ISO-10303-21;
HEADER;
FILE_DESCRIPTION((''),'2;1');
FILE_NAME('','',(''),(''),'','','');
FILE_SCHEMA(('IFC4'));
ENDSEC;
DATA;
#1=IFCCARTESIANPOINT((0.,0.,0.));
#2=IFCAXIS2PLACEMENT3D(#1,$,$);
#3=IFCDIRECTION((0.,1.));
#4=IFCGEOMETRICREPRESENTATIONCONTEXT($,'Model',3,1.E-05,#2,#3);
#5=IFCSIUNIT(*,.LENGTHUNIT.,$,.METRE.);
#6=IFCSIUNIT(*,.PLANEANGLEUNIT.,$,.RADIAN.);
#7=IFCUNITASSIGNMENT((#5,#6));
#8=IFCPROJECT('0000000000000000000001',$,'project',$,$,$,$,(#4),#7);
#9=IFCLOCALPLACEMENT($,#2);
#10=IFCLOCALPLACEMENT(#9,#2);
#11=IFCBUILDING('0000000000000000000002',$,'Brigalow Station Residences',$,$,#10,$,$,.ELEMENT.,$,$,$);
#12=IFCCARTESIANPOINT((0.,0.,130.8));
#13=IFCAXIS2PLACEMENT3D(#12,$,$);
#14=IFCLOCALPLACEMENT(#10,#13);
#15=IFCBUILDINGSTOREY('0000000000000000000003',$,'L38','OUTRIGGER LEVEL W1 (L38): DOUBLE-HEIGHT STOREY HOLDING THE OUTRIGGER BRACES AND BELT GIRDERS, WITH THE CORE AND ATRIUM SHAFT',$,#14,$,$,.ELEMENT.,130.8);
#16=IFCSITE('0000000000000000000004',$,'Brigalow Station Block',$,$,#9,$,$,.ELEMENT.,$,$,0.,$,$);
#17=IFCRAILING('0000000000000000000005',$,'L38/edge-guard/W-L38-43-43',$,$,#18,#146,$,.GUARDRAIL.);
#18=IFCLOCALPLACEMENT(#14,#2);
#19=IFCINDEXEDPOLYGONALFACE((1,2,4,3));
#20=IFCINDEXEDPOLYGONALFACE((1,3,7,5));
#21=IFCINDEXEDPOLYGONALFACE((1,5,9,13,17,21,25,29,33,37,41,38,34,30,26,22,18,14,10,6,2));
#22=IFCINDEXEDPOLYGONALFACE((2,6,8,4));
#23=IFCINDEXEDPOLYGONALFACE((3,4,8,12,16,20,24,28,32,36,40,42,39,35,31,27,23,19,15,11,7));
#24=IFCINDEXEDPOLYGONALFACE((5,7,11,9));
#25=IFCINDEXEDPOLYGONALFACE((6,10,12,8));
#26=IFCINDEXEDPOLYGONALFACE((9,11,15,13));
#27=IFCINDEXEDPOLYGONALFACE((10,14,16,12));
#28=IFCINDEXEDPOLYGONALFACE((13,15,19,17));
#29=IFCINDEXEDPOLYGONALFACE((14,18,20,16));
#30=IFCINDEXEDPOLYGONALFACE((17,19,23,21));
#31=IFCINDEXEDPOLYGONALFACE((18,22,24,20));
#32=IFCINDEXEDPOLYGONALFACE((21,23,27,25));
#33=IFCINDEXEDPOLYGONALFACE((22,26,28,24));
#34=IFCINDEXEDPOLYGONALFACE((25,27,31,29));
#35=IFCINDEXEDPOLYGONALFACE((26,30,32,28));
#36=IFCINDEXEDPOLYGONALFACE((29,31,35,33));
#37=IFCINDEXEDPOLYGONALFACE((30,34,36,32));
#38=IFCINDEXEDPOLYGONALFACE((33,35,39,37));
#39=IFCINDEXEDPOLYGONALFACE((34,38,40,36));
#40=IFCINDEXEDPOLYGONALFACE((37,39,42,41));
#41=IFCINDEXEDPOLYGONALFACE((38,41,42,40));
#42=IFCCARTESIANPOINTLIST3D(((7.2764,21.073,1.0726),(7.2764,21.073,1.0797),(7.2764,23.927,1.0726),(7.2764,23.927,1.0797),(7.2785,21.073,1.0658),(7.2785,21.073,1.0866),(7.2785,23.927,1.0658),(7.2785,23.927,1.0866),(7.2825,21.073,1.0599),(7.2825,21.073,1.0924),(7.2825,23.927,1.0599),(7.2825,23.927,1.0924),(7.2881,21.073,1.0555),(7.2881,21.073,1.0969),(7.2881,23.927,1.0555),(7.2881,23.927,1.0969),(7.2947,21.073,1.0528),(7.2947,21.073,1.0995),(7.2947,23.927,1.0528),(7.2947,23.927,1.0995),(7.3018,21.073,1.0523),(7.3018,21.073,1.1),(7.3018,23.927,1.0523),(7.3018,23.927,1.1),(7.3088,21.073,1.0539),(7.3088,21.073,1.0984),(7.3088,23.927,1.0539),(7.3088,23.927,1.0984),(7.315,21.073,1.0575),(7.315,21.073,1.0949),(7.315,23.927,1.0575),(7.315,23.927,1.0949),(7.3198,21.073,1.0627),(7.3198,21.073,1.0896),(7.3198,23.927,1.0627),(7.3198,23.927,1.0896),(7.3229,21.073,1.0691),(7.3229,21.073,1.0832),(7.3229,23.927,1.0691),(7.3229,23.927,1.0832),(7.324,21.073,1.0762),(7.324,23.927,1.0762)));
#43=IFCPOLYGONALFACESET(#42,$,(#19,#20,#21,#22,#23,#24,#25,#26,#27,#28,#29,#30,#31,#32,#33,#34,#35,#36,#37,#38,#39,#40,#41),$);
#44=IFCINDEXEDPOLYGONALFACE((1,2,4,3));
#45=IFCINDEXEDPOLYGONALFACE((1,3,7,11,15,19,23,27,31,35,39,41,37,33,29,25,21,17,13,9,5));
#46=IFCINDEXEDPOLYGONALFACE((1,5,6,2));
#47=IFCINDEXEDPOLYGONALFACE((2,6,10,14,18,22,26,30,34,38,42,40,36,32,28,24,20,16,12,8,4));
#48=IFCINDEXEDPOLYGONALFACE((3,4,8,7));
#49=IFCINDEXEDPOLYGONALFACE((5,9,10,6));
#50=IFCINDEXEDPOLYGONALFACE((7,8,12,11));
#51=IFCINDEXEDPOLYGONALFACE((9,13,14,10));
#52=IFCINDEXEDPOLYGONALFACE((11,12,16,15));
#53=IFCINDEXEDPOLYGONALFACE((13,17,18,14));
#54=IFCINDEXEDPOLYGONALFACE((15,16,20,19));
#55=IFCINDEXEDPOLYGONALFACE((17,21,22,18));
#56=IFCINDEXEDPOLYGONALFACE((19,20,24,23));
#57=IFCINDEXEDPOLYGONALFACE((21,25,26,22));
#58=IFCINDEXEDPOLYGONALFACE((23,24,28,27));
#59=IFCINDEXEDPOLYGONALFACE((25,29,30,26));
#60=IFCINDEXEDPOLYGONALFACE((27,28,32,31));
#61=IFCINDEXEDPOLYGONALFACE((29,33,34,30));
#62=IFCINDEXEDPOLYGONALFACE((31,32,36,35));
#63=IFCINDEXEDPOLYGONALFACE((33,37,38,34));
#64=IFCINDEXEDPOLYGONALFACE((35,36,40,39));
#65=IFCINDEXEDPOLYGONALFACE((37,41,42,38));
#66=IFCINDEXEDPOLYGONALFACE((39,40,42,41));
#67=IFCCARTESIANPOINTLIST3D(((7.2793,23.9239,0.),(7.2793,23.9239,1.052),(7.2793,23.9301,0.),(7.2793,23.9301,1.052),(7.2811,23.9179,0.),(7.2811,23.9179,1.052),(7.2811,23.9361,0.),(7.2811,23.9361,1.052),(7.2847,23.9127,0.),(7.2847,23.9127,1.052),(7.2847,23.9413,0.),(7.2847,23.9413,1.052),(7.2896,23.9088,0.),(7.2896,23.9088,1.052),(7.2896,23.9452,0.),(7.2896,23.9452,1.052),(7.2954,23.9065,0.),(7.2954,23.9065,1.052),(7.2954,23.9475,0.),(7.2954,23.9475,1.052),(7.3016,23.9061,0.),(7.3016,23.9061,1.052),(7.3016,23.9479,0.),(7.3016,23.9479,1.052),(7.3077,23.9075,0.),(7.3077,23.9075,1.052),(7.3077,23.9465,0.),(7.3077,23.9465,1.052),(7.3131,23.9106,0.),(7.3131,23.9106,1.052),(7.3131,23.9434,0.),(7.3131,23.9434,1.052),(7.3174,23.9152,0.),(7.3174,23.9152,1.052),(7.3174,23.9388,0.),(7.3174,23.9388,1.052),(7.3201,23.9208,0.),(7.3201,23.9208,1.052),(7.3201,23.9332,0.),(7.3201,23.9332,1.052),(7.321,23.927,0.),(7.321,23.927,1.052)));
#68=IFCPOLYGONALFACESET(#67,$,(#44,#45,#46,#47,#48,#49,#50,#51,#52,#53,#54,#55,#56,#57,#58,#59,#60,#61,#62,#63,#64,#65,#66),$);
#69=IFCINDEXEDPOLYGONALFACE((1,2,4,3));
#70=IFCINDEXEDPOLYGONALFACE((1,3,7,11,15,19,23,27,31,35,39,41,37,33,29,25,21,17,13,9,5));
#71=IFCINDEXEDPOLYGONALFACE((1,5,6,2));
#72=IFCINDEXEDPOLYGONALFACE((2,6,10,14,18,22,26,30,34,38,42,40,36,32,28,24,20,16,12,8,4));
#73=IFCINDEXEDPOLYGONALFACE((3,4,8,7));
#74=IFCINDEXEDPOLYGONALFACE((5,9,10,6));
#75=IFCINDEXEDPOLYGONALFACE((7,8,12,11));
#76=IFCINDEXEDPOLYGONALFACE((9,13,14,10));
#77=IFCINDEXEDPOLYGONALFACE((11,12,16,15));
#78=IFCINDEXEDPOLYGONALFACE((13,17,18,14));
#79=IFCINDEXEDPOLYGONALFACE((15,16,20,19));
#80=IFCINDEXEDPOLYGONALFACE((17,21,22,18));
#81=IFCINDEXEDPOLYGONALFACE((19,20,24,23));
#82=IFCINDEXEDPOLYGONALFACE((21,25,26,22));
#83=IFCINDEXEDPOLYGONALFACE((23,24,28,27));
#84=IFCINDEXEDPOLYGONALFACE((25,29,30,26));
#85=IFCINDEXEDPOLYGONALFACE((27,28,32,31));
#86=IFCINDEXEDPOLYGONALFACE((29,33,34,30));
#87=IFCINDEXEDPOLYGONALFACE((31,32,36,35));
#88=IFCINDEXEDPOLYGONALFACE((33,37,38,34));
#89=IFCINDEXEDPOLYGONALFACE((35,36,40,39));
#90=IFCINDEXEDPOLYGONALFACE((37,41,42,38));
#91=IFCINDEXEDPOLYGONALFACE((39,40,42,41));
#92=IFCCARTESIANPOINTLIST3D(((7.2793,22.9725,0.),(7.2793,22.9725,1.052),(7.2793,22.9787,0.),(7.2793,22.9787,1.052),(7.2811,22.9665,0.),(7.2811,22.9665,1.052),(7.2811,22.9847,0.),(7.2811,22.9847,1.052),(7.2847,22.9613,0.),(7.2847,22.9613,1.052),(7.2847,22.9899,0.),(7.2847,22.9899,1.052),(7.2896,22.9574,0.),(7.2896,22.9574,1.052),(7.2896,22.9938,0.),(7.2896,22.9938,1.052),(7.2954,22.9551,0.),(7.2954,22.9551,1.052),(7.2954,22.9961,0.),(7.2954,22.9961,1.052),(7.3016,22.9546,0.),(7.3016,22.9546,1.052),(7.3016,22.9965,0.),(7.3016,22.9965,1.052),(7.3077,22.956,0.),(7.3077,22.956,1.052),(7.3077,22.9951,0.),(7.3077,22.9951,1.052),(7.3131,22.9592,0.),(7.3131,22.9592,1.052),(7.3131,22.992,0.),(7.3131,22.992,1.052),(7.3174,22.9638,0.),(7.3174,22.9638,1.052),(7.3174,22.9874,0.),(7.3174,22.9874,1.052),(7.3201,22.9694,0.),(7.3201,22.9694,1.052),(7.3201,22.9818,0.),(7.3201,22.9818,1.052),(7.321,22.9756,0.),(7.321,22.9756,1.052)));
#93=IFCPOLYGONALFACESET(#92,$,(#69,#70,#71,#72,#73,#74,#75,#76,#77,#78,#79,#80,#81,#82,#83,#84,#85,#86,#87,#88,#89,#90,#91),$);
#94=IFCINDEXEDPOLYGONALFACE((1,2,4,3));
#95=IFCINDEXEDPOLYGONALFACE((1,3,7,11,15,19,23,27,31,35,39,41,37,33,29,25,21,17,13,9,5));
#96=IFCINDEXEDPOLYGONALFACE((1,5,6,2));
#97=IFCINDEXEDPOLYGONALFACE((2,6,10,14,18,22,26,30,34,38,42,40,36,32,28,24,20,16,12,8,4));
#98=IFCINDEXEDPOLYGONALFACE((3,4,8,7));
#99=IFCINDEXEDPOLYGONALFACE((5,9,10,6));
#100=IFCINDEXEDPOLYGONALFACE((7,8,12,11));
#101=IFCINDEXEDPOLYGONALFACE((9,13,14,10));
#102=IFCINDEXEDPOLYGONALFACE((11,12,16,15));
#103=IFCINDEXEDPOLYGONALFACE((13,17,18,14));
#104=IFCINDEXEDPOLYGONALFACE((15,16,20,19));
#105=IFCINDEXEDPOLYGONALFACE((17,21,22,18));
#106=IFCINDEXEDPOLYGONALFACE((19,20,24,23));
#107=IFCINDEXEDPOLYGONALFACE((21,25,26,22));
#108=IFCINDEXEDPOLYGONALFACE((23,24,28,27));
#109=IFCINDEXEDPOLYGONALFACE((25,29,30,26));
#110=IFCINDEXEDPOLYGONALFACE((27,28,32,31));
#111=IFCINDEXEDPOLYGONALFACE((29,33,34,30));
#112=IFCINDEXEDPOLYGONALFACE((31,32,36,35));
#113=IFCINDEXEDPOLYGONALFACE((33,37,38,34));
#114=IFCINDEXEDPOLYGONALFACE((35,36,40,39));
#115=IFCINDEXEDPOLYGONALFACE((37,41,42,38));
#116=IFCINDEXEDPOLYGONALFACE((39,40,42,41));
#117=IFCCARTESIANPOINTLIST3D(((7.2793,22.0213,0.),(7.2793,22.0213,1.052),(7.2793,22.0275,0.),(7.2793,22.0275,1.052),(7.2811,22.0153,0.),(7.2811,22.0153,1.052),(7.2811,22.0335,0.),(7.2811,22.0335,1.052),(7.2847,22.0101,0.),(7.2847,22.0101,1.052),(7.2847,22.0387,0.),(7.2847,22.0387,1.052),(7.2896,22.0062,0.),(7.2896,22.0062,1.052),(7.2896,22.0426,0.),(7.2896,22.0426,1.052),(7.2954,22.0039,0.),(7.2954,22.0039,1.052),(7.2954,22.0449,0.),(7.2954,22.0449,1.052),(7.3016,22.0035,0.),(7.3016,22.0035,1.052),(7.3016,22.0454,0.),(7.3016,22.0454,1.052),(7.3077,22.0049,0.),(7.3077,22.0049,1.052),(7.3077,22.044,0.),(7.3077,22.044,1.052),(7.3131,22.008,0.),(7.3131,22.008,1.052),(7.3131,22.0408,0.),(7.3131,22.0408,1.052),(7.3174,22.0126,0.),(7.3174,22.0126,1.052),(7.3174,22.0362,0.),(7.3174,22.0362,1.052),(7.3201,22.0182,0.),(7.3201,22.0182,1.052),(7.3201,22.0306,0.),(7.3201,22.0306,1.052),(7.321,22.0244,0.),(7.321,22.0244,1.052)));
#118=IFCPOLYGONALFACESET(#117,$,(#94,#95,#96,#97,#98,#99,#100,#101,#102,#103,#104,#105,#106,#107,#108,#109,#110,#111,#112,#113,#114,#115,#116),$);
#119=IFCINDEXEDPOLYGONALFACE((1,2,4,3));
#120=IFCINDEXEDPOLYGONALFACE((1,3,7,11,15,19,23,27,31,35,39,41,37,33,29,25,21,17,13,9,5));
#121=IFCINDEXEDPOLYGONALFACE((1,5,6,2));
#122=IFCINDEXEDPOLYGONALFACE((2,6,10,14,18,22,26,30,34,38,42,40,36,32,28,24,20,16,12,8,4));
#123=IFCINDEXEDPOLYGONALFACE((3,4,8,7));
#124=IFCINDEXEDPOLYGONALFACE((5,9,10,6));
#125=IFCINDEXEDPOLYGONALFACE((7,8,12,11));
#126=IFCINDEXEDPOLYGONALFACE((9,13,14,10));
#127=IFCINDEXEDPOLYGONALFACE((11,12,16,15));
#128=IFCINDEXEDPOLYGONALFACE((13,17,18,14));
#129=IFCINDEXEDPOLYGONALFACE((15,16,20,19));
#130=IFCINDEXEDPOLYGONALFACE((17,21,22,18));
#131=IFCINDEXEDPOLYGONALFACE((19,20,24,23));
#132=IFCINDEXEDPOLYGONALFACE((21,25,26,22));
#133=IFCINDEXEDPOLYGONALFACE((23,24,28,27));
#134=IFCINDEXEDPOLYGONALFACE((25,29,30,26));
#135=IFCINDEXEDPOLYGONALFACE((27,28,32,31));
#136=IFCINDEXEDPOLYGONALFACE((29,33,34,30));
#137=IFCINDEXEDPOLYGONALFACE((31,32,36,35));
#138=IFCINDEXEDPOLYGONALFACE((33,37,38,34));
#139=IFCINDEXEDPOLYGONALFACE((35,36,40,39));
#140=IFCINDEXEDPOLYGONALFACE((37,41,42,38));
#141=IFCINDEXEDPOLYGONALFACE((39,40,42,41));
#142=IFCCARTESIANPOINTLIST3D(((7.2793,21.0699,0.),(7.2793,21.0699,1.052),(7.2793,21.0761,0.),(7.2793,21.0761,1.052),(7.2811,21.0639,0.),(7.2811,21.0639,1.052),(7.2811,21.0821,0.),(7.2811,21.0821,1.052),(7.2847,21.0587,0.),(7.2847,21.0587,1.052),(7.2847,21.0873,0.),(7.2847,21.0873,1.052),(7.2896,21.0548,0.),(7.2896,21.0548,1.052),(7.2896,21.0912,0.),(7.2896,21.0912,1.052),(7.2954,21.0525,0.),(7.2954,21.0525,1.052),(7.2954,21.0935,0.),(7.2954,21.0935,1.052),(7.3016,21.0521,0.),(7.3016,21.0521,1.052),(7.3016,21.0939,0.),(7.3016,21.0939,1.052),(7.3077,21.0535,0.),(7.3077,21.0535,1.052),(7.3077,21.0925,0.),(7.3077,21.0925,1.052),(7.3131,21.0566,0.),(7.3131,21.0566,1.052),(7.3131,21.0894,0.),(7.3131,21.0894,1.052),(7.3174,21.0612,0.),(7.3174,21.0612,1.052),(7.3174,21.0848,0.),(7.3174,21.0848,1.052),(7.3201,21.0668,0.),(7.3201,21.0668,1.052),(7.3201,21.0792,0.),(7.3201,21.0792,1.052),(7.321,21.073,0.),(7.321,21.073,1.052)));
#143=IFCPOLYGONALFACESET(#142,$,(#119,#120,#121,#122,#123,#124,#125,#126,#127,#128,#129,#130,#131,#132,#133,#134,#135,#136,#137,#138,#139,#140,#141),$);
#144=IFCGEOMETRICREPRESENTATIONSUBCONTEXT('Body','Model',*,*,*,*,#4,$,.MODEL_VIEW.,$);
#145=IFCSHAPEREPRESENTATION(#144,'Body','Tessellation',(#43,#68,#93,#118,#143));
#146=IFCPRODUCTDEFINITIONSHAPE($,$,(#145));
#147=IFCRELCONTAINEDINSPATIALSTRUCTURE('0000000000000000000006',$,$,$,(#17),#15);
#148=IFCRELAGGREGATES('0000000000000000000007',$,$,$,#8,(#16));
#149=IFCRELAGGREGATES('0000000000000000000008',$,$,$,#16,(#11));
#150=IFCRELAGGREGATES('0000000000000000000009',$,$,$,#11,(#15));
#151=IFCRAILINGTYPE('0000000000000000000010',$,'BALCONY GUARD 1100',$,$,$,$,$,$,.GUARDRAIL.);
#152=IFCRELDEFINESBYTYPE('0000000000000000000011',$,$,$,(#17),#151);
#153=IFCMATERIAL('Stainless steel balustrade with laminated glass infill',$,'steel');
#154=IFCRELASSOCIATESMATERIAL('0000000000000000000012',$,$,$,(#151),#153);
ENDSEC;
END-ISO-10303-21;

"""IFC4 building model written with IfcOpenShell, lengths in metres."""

from ifc_helpers import new_model, si_unit, direction, frame, origin, origin_2d, place, context, subcontext, project, spatial, circle, extrude, material, type_object, element, save


model = new_model("IFC4")

# Units and contexts
model_context = context("Model", 3, precision=1e-05, world=origin(), true_north=direction((0.0, 1.0)))
body_context = subcontext(model_context, "Body", "Model", "MODEL_VIEW")
ifc_project = project(units=[si_unit("LENGTHUNIT", "METRE"), si_unit("PLANEANGLEUNIT", "RADIAN")], contexts=[model_context])

# Site, building, storey
site_placement = place(None, origin())
site = spatial("IfcSite", under=ifc_project, at=site_placement, Name="Brigalow Station Block", CompositionType="ELEMENT", RefElevation=0.0)
building_placement = place(site_placement, origin())
building = spatial("IfcBuilding", under=site, at=building_placement, Name="Brigalow Station Residences", CompositionType="ELEMENT")
storey_placement = place(building_placement, frame((0.0, 0.0, 130.8)))
storey = spatial("IfcBuildingStorey", under=building, at=storey_placement, Name="L38", Description="OUTRIGGER LEVEL W1 (L38): DOUBLE-HEIGHT STOREY HOLDING THE OUTRIGGER BRACES AND BELT GIRDERS, WITH THE CORE AND ATRIUM SHAFT", CompositionType="ELEMENT", Elevation=130.8)

# Railing
ifc_material_1 = material(Name="Stainless steel balustrade with laminated glass infill", Category="steel")
railing_type_1 = type_object("IfcRailingType", Name="BALCONY GUARD 1100", PredefinedType="GUARDRAIL", material=ifc_material_1)
for number, where, name in (
    (1, (7.3, 23.927, 0.0), "L38/edge-guard/W-L38-43-43"),
):
    element("IfcRailing", number, at=place(storey_placement, frame(where)), inside=storey, type_object=railing_type_1, Name=name, PredefinedType="GUARDRAIL", context=body_context, shape_type="SweptSolid", body=[
        extrude(circle(Radius=0.0239, at=origin_2d()), frame((0.0, 0.0, 1.0762), z_axis=(0.0, -1.0, 0.0), x_axis=(1.0, 0.0, 0.0)), (0.0, 0.0, 1.0), 2.854),
        extrude(circle(Radius=0.021, at=origin_2d()), origin(), (0.0, 0.0, 1.0), 1.052),
        extrude(circle(Radius=0.021, at=origin_2d()), frame((0.0, -0.9514, 0.0)), (0.0, 0.0, 1.0), 1.052),
        extrude(circle(Radius=0.021, at=origin_2d()), frame((0.0, -1.9026, 0.0)), (0.0, 0.0, 1.0), 1.052),
        extrude(circle(Radius=0.021, at=origin_2d()), frame((0.0, -2.854, 0.0)), (0.0, 0.0, 1.0), 1.052),
    ])

save(model, "model.ifc")
